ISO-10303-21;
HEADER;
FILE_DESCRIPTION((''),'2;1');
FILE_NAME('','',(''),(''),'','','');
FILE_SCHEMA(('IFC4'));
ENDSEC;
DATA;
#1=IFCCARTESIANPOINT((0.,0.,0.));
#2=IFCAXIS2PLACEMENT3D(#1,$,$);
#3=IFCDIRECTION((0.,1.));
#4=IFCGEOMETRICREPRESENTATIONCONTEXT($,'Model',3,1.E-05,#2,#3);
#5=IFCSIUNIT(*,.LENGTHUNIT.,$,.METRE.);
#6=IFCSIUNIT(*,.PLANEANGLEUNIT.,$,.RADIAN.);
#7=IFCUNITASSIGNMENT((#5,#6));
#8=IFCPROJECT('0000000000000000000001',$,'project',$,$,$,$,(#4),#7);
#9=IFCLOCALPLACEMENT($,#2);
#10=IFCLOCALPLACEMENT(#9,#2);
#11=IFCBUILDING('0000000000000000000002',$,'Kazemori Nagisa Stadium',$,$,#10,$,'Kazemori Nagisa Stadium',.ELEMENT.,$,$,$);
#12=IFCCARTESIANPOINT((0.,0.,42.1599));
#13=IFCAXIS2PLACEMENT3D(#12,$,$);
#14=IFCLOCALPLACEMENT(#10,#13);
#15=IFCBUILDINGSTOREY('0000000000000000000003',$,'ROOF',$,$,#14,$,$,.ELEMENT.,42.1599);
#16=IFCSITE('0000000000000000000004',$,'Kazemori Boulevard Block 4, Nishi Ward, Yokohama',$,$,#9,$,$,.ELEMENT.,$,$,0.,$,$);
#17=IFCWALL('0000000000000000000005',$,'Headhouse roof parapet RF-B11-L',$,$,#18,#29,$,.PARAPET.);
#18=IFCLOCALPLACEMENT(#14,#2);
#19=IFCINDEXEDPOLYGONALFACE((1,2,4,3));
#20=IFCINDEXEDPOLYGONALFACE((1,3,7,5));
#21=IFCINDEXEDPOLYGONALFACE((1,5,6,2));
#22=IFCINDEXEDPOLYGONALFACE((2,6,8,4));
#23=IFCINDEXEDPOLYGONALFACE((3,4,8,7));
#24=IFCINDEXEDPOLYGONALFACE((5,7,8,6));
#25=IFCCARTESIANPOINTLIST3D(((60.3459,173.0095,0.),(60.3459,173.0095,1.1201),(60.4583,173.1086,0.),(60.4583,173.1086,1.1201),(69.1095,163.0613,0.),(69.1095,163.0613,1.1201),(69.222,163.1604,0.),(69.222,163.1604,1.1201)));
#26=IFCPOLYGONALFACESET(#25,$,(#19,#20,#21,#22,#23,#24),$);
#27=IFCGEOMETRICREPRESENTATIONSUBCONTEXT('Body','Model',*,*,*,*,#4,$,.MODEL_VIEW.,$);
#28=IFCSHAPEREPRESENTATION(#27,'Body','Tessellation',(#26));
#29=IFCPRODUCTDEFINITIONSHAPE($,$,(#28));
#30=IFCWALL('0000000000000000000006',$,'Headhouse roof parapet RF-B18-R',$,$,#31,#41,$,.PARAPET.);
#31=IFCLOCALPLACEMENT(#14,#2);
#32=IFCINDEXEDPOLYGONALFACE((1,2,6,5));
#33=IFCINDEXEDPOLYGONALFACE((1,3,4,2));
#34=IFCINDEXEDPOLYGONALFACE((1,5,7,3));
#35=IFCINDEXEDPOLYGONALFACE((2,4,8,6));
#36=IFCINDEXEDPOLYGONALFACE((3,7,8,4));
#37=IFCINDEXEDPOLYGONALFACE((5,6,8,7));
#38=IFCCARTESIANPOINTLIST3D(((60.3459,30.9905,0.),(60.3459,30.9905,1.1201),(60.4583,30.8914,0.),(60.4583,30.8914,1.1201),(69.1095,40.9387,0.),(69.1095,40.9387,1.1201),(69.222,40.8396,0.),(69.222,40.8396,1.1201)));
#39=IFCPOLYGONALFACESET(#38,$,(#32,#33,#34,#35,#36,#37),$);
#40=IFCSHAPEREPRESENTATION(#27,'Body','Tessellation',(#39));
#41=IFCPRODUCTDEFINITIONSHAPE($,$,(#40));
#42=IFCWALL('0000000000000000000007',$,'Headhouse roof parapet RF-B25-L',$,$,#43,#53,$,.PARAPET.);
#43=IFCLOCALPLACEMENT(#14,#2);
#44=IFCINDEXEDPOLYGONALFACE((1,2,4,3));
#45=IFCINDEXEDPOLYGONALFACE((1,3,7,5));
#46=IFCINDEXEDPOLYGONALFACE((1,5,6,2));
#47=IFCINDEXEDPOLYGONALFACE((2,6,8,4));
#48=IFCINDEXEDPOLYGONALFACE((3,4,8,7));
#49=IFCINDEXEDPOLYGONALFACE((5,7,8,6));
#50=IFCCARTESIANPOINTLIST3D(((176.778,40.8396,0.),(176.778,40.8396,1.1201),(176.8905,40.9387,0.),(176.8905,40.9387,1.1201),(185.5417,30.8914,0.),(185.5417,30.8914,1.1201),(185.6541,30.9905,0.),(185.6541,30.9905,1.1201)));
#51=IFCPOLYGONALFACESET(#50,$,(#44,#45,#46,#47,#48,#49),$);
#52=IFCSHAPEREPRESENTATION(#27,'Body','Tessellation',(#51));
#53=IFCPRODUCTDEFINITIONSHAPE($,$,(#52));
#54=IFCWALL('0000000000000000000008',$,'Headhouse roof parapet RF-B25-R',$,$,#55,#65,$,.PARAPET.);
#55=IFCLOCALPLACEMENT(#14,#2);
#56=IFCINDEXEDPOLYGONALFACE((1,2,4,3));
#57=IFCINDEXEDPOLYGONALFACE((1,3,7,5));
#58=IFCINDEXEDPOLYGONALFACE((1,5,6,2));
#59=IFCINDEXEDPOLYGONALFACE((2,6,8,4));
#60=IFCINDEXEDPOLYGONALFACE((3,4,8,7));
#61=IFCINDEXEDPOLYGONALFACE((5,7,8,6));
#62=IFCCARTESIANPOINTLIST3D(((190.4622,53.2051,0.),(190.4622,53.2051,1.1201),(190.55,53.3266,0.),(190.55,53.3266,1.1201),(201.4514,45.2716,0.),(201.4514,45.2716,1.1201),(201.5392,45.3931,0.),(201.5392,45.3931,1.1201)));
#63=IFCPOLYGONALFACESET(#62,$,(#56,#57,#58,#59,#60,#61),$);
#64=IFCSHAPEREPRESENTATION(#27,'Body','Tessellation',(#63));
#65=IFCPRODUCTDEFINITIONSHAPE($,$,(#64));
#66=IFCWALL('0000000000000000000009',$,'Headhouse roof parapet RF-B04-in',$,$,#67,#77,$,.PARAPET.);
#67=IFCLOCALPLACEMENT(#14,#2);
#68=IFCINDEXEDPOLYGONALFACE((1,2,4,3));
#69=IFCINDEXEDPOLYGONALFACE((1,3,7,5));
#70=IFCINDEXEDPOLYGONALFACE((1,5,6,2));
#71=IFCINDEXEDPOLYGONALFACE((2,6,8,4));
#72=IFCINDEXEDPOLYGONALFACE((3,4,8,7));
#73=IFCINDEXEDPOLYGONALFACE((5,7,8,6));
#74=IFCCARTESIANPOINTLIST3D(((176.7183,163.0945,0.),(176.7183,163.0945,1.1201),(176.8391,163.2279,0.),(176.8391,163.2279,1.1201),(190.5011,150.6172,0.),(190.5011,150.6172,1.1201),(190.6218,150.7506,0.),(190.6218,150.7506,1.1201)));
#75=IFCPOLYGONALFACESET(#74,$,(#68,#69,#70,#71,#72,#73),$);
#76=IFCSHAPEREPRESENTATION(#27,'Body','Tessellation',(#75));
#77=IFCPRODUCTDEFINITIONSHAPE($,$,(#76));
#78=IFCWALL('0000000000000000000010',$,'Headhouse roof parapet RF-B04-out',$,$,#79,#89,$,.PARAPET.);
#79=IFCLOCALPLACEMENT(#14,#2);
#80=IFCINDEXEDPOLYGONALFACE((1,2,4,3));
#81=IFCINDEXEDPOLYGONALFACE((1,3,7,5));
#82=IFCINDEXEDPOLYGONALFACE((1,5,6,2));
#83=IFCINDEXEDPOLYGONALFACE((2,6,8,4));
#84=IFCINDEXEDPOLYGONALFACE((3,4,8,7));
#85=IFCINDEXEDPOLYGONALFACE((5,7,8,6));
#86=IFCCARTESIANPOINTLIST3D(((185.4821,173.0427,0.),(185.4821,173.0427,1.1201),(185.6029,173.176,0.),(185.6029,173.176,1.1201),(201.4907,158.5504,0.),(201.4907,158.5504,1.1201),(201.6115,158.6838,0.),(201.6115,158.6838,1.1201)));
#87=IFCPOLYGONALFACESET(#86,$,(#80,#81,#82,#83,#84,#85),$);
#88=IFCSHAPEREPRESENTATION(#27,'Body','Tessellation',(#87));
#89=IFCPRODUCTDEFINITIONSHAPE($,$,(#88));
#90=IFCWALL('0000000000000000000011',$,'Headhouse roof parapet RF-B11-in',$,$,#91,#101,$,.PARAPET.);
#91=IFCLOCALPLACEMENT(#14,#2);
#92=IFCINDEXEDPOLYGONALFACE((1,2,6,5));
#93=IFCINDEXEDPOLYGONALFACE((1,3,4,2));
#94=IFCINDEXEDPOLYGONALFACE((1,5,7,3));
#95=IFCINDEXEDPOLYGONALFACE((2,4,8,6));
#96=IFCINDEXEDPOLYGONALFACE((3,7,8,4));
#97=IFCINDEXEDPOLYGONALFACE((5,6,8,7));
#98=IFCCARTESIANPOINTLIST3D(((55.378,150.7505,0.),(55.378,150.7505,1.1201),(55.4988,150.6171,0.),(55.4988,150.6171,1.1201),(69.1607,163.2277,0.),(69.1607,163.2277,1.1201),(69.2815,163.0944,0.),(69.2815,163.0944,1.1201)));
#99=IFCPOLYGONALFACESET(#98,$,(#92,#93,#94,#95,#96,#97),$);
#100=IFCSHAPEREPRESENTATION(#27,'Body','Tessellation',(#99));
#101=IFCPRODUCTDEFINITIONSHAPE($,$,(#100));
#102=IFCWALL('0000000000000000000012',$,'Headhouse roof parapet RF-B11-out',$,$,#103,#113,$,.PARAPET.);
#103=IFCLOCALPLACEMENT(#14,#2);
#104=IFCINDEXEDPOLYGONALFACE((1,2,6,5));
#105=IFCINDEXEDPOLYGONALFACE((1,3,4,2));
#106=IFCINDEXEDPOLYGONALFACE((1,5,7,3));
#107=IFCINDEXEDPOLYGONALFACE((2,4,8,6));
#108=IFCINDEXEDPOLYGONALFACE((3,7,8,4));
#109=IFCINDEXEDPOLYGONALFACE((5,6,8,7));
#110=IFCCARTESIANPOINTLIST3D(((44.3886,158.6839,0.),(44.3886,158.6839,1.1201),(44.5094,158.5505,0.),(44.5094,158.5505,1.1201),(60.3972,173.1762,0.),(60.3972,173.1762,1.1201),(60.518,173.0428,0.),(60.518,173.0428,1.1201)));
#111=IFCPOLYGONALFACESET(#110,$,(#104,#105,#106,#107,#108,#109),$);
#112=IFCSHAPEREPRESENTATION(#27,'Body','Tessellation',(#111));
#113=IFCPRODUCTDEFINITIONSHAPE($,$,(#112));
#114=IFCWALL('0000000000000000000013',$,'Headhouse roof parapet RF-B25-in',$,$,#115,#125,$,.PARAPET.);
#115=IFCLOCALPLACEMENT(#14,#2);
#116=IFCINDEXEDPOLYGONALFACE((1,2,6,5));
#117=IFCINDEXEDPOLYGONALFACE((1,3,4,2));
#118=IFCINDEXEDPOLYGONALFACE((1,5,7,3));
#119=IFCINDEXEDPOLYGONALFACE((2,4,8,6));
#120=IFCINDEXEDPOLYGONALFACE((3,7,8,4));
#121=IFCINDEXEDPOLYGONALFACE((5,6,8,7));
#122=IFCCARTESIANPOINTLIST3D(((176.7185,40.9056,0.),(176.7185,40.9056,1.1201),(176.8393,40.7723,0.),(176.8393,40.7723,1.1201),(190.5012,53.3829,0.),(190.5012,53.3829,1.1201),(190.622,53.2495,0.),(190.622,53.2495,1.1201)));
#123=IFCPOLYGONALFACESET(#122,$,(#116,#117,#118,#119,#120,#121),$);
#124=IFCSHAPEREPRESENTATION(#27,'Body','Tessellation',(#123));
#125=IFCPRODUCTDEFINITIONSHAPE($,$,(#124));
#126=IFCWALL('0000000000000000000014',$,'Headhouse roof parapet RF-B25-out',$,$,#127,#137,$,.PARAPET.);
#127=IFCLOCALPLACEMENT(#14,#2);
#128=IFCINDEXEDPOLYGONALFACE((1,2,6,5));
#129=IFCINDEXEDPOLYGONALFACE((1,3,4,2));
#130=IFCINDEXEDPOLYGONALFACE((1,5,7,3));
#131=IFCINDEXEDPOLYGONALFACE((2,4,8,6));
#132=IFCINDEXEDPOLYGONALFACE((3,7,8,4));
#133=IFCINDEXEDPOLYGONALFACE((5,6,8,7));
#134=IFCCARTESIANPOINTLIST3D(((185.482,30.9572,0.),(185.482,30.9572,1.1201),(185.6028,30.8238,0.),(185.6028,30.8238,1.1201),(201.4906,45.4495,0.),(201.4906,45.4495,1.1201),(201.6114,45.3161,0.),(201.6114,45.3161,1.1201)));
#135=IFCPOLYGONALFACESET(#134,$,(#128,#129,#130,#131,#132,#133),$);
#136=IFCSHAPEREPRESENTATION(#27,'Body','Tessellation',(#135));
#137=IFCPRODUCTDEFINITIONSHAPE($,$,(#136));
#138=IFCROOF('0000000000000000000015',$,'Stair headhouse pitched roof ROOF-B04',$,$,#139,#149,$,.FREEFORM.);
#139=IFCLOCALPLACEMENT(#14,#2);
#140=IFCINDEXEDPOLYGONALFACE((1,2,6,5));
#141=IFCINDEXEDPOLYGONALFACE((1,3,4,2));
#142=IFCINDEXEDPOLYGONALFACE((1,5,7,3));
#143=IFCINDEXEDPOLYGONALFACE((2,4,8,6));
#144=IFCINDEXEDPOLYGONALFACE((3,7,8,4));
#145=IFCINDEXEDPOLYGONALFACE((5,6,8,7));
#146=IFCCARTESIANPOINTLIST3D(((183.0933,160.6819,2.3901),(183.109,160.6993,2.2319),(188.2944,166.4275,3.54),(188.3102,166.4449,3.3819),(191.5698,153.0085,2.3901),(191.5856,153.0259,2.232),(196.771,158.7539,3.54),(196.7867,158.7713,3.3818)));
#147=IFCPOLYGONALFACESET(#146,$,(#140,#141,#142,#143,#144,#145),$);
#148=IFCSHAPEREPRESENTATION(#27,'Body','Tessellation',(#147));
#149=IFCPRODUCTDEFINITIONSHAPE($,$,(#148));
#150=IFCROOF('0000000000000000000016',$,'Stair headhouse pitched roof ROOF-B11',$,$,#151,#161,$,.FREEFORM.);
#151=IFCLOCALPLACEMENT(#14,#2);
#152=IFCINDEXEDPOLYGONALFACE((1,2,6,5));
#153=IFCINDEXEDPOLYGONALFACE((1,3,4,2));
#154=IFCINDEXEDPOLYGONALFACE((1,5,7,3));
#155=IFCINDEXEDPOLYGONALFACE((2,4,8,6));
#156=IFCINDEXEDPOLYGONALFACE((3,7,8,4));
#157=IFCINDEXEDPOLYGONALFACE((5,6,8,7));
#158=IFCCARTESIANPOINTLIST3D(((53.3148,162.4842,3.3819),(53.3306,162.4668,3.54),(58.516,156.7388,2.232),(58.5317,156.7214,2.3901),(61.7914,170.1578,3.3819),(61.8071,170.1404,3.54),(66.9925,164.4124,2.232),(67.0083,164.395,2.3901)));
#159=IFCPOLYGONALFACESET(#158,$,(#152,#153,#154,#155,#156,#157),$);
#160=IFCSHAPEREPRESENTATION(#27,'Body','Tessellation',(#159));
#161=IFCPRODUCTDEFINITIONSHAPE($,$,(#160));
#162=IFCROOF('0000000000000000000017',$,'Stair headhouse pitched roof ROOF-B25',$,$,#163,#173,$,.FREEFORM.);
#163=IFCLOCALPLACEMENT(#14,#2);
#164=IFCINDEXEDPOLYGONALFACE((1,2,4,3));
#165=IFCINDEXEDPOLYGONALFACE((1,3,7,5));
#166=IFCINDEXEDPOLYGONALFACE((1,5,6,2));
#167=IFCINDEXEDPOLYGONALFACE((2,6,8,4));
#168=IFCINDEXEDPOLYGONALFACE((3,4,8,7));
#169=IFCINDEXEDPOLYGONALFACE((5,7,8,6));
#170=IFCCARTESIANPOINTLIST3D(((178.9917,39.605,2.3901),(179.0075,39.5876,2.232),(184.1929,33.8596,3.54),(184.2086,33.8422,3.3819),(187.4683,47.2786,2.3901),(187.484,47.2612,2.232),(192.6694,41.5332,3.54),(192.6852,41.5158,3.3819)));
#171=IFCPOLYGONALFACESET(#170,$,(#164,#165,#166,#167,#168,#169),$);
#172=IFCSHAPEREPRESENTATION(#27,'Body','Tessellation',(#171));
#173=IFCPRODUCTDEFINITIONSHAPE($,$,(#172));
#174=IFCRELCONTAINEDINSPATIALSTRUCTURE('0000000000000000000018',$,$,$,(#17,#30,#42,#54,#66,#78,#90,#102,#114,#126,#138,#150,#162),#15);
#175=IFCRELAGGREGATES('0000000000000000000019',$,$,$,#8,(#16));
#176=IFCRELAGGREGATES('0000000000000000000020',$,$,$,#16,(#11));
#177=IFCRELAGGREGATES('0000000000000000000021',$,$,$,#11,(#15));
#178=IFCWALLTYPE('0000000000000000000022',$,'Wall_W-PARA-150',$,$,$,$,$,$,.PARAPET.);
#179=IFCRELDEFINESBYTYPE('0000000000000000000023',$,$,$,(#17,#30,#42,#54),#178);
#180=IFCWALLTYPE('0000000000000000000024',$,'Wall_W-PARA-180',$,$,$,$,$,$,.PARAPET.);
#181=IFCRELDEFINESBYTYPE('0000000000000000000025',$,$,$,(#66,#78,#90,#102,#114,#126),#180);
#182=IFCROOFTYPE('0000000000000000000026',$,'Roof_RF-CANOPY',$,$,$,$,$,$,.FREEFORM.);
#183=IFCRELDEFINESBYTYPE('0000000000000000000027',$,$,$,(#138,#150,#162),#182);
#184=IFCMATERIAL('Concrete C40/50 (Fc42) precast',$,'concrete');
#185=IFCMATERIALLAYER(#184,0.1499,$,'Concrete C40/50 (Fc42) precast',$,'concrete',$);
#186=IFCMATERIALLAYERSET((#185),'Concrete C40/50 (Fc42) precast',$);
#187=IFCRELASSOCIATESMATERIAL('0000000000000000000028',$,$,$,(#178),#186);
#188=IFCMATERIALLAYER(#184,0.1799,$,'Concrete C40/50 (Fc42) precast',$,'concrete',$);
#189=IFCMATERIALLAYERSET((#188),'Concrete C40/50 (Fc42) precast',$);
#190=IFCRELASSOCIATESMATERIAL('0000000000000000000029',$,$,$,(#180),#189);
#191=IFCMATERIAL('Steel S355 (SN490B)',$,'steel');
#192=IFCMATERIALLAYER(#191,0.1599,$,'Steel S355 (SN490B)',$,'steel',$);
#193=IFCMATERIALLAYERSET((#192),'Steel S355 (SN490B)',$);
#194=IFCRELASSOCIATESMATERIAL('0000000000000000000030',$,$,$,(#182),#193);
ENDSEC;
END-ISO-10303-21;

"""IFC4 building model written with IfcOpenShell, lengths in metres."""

from ifc_helpers import new_model, si_unit, direction, frame, frame_2d, origin, place, context, subcontext, project, spatial, polyline, rectangle, outline, extrude, material, layer, layer_set, type_object, element, save


model = new_model("IFC4")

# Units and contexts
model_context = context("Model", 3, precision=1e-05, world=origin(), true_north=direction((0.0, 1.0)))
body_context = subcontext(model_context, "Body", "Model", "MODEL_VIEW")
ifc_project = project(units=[si_unit("LENGTHUNIT", "METRE"), si_unit("PLANEANGLEUNIT", "RADIAN")], contexts=[model_context])

# Site, building, storey
site_placement = place(None, origin())
site = spatial("IfcSite", under=ifc_project, at=site_placement, Name="Kazemori Boulevard Block 4, Nishi Ward, Yokohama", CompositionType="ELEMENT", RefElevation=0.0)
building_placement = place(site_placement, origin())
building = spatial("IfcBuilding", under=site, at=building_placement, Name="Kazemori Nagisa Stadium", LongName="Kazemori Nagisa Stadium", CompositionType="ELEMENT")
storey_placement = place(building_placement, frame((0.0, 0.0, 42.1599)))
storey = spatial("IfcBuildingStorey", under=building, at=storey_placement, Name="ROOF", CompositionType="ELEMENT", Elevation=42.1599)

# Walls
ifc_material_1 = material(Name="Concrete C40/50 (Fc42) precast", Category="concrete")
ifc_layer_1 = layer(ifc_material_1, 0.1499, Name="Concrete C40/50 (Fc42) precast", Category="concrete")
ifc_layer_set_1 = layer_set([ifc_layer_1], Name="Concrete C40/50 (Fc42) precast")
wall_type_1 = type_object("IfcWallType", Name="Wall_W-PARA-150", PredefinedType="PARAPET", material=ifc_layer_set_1)
for number, where, z_axis, x_axis, name in (
    (1, (69.1658, 163.1108, 0.0), (0.0, 0.0, 1.0), (-0.66102, 0.750369, 0.0), "Headhouse roof parapet RF-B11-L"),
    (2, (69.1658, 40.8892, 0.0), (0.0, 0.0, 1.0), (-0.66102, -0.750369, 0.0), "Headhouse roof parapet RF-B18-R"),
    (3, (176.8342, 40.8892, 0.0), (0.0, 0.0, 1.0), (0.66102, -0.750369, 0.0), "Headhouse roof parapet RF-B25-L"),
):
    element("IfcWall", number, at=place(storey_placement, frame(where, z_axis=z_axis, x_axis=x_axis)), inside=storey, type_object=wall_type_1, Name=name, PredefinedType="PARAPET", context=body_context, shape_type="SweptSolid", body=[
        extrude(rectangle(XDim=13.2578, YDim=0.1499, at=frame_2d((6.6289, 0.0))), origin(), (0.0, 0.0, 1.0), 1.1201),
    ])
wall_1_placement = place(storey_placement, frame((190.5061, 53.2659, 0.0), z_axis=(0.0, 0.0, 1.0), x_axis=(0.810788, -0.585341, 0.0)))
element("IfcWall", 4, at=wall_1_placement, inside=storey, type_object=wall_type_1, Name="Headhouse roof parapet RF-B25-R", PredefinedType="PARAPET", context=body_context, shape_type="SweptSolid", body=[
    extrude(rectangle(XDim=13.5537, YDim=0.1499, at=frame_2d((6.7769, 0.0))), origin(), (0.0, 0.0, 1.0), 1.1201),
])
ifc_layer_2 = layer(ifc_material_1, 0.1799, Name="Concrete C40/50 (Fc42) precast", Category="concrete")
ifc_layer_set_2 = layer_set([ifc_layer_2], Name="Concrete C40/50 (Fc42) precast")
wall_type_2 = type_object("IfcWallType", Name="Wall_W-PARA-180", PredefinedType="PARAPET", material=ifc_layer_set_2)
wall_2_placement = place(storey_placement, frame((190.5615, 150.6838, 0.0), z_axis=(0.0, 0.0, 1.0), x_axis=(-0.741343, 0.671127, 0.0)))
element("IfcWall", 5, at=wall_2_placement, inside=storey, type_object=wall_type_2, Name="Headhouse roof parapet RF-B04-in", PredefinedType="PARAPET", context=body_context, shape_type="SweptSolid", body=[
    extrude(rectangle(XDim=18.5916, YDim=0.1799, at=frame_2d((9.2959, 0.0))), origin(), (0.0, 0.0, 1.0), 1.1201),
])
wall_3_placement = place(storey_placement, frame((201.551, 158.6172, 0.0), z_axis=(0.0, 0.0, 1.0), x_axis=(-0.741345, 0.671124, 0.0)))
element("IfcWall", 6, at=wall_3_placement, inside=storey, type_object=wall_type_2, Name="Headhouse roof parapet RF-B04-out", PredefinedType="PARAPET", context=body_context, shape_type="SweptSolid", body=[
    extrude(rectangle(XDim=21.594, YDim=0.1799, at=frame_2d((10.7969, 0.0))), origin(), (0.0, 0.0, 1.0), 1.1201),
])
wall_4_placement = place(storey_placement, frame((69.2212, 163.1611, 0.0), z_axis=(0.0, 0.0, 1.0), x_axis=(-0.741343, -0.671127, 0.0)))
element("IfcWall", 7, at=wall_4_placement, inside=storey, type_object=wall_type_2, Name="Headhouse roof parapet RF-B11-in", PredefinedType="PARAPET", context=body_context, shape_type="SweptSolid", body=[
    extrude(rectangle(XDim=18.5916, YDim=0.1799, at=frame_2d((9.2959, 0.0))), origin(), (0.0, 0.0, 1.0), 1.1201),
])
wall_5_placement = place(storey_placement, frame((60.4575, 173.1094, 0.0), z_axis=(0.0, 0.0, 1.0), x_axis=(-0.741345, -0.671124, 0.0)))
element("IfcWall", 8, at=wall_5_placement, inside=storey, type_object=wall_type_2, Name="Headhouse roof parapet RF-B11-out", PredefinedType="PARAPET", context=body_context, shape_type="SweptSolid", body=[
    extrude(rectangle(XDim=21.594, YDim=0.1799, at=frame_2d((10.7969, 0.0))), origin(), (0.0, 0.0, 1.0), 1.1201),
])
wall_6_placement = place(storey_placement, frame((176.7788, 40.8389, 0.0), z_axis=(0.0, 0.0, 1.0), x_axis=(0.741343, 0.671127, 0.0)))
element("IfcWall", 9, at=wall_6_placement, inside=storey, type_object=wall_type_2, Name="Headhouse roof parapet RF-B25-in", PredefinedType="PARAPET", context=body_context, shape_type="SweptSolid", body=[
    extrude(rectangle(XDim=18.5916, YDim=0.1799, at=frame_2d((9.2959, 0.0))), origin(), (0.0, 0.0, 1.0), 1.1201),
])
wall_7_placement = place(storey_placement, frame((185.5425, 30.8906, 0.0), z_axis=(0.0, 0.0, 1.0), x_axis=(0.741345, 0.671124, 0.0)))
element("IfcWall", 10, at=wall_7_placement, inside=storey, type_object=wall_type_2, Name="Headhouse roof parapet RF-B25-out", PredefinedType="PARAPET", context=body_context, shape_type="SweptSolid", body=[
    extrude(rectangle(XDim=21.594, YDim=0.1799, at=frame_2d((10.7969, 0.0))), origin(), (0.0, 0.0, 1.0), 1.1201),
])

# Roofs
ifc_material_2 = material(Name="Steel S355 (SN490B)", Category="steel")
ifc_layer_3 = layer(ifc_material_2, 0.1599, Name="Steel S355 (SN490B)", Category="steel")
ifc_layer_set_3 = layer_set([ifc_layer_3], Name="Steel S355 (SN490B)")
roof_type = type_object("IfcRoofType", Name="Roof_RF-CANOPY", PredefinedType="FREEFORM", material=ifc_layer_set_3)
roof_placement = place(storey_placement, frame((191.5698, 153.0085, 2.3901), z_axis=(-0.098498, -0.108807, 0.989171), x_axis=(-0.741359, 0.671109, -0.000001)))
element("IfcRoof", 11, at=roof_placement, inside=storey, type_object=roof_type, Name="Stair headhouse pitched roof ROOF-B04", PredefinedType="FREEFORM", context=body_context, shape_type="SweptSolid", body=[
    extrude(outline(polyline([(0.0, 0.0), (11.4338, 0.0), (11.4338, -7.835), (-0.0002, -7.8348), (0.0, 0.0)])), origin(), (0.0, 0.0, -1.0), 0.1599),
])
for number, where, z_axis, x_axis, name in (
    (12, (67.0083, 164.395, 2.3901), (0.0985, -0.108807, 0.989171), (-0.741348, -0.671121, 0.0), "Stair headhouse pitched roof ROOF-B11"),
    (13, (178.9917, 39.605, 2.3901), (-0.0985, 0.108807, 0.989171), (0.741348, 0.671121, 0.0), "Stair headhouse pitched roof ROOF-B25"),
):
    element("IfcRoof", number, at=place(storey_placement, frame(where, z_axis=z_axis, x_axis=x_axis)), inside=storey, type_object=roof_type, Name=name, PredefinedType="FREEFORM", context=body_context, shape_type="SweptSolid", body=[
        extrude(outline(polyline([(0.0, 0.0), (11.434, 0.0), (11.434, -7.8348), (0.0, -7.8348), (0.0, 0.0)])), origin(), (0.0, 0.0, -1.0), 0.1599),
    ])

save(model, "model.ifc")
